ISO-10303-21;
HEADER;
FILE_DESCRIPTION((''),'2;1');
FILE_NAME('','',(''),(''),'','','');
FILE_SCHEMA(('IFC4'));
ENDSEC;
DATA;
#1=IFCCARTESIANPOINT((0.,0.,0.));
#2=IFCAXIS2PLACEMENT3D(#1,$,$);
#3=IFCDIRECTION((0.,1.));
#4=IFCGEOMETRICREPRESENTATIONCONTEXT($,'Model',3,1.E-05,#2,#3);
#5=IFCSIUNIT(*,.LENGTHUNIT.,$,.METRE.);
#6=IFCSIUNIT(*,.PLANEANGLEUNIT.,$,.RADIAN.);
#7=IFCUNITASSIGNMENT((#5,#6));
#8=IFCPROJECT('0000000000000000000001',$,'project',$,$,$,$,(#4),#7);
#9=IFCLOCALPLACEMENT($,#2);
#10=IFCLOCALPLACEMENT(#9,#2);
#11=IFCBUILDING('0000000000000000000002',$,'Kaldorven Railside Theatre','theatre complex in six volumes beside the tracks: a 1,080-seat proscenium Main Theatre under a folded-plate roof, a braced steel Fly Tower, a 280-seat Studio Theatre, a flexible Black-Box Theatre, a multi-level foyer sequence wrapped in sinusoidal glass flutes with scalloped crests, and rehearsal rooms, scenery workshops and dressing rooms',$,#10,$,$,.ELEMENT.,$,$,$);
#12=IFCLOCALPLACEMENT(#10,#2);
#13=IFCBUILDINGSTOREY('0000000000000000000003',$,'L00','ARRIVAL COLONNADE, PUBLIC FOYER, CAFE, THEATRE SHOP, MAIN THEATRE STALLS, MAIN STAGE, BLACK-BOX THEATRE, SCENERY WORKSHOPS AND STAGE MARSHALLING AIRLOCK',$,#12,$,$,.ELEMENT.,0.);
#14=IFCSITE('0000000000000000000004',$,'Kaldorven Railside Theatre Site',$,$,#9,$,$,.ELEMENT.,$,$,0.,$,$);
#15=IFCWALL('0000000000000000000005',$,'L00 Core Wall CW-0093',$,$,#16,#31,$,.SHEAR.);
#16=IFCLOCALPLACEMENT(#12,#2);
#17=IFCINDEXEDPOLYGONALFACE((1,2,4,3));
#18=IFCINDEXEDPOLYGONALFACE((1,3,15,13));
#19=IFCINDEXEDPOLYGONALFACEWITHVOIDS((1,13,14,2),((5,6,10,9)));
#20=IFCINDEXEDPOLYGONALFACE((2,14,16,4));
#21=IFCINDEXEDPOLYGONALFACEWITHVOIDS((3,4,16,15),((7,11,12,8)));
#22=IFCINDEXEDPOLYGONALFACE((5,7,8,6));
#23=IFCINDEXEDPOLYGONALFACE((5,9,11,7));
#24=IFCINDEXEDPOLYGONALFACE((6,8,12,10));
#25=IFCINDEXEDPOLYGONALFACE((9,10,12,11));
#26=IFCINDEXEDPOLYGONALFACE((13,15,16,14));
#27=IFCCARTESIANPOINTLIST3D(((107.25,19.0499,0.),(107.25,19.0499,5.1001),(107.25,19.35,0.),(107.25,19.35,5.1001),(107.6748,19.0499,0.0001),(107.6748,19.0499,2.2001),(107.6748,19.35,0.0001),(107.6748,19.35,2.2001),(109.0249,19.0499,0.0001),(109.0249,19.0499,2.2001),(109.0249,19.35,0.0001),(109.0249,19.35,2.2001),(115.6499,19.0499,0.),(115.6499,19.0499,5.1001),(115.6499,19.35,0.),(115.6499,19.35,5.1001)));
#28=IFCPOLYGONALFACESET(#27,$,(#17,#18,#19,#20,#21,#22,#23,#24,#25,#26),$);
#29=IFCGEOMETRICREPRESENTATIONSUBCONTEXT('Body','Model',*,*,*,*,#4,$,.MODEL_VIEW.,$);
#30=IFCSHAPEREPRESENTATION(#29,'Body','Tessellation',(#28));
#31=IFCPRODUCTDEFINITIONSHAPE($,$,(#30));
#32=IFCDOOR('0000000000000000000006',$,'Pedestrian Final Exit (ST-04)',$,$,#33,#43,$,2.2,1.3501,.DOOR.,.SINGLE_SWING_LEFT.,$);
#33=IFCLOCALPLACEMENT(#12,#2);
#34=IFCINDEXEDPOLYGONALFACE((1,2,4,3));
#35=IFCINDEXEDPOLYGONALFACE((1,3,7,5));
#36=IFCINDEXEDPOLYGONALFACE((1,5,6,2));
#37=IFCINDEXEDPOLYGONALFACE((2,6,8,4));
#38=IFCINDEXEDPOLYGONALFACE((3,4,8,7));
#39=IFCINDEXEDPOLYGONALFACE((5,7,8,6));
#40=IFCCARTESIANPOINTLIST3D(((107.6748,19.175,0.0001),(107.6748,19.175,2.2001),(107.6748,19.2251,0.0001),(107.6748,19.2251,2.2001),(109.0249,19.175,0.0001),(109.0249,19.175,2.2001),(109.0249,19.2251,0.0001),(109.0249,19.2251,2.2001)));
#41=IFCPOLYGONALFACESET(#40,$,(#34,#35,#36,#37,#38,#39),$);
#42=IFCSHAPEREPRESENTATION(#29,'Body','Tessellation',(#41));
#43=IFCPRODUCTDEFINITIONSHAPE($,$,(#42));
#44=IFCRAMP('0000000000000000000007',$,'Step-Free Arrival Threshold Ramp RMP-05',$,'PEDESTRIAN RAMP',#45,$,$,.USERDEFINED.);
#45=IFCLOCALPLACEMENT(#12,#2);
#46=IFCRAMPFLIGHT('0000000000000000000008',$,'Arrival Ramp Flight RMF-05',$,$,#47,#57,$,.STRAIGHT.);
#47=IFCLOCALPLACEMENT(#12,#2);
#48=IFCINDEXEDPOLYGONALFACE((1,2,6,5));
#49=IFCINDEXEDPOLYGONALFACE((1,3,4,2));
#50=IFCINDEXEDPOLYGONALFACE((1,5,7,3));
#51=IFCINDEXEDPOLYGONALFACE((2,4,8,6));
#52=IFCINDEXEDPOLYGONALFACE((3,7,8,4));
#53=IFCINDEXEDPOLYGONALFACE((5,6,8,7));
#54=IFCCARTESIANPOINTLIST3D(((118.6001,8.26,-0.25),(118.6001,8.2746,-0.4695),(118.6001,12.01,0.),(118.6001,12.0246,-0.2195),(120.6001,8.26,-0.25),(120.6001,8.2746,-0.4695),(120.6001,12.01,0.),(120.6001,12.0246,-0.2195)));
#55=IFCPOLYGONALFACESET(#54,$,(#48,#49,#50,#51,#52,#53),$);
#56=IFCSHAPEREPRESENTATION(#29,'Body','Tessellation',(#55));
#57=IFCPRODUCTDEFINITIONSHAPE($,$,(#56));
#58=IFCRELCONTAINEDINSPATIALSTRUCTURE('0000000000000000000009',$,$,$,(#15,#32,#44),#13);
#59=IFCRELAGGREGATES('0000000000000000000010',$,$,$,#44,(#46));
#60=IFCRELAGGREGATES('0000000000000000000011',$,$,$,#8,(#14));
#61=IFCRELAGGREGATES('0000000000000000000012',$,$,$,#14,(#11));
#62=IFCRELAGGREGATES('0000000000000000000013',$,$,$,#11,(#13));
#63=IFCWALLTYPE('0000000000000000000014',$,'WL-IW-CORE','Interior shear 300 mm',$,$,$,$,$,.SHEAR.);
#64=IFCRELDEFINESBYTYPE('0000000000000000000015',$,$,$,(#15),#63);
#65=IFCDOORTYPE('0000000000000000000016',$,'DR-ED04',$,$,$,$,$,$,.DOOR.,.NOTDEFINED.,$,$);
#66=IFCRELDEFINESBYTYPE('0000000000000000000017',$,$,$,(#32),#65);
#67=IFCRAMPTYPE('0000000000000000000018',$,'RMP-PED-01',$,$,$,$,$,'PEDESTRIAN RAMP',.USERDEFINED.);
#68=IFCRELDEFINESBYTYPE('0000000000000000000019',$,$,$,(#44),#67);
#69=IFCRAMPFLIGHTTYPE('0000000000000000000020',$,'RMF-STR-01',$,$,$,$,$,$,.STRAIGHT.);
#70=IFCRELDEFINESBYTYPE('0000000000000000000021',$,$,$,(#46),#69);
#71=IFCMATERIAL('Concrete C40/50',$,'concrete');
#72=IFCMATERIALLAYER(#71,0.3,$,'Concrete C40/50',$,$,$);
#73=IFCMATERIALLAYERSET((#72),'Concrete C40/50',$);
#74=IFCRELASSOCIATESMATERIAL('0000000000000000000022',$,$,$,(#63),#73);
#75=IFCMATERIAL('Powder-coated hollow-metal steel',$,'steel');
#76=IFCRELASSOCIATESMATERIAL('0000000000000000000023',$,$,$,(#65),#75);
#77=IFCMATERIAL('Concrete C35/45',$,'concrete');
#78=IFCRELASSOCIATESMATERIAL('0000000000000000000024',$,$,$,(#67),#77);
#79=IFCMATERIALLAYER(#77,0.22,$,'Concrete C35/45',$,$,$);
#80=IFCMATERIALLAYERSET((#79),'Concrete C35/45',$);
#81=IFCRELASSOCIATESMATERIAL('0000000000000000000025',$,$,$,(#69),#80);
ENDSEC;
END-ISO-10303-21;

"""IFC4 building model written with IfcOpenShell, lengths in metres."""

from ifc_helpers import new_model, si_unit, direction, frame, frame_2d, origin, place, context, subcontext, project, spatial, polyline, rectangle, outline, extrude, material, layer, layer_set, type_object, element, fill, aggregate, save


model = new_model("IFC4")

# Units and contexts
model_context = context("Model", 3, precision=1e-05, world=origin(), true_north=direction((0.0, 1.0)))
body_context = subcontext(model_context, "Body", "Model", "MODEL_VIEW")
ifc_project = project(units=[si_unit("LENGTHUNIT", "METRE"), si_unit("PLANEANGLEUNIT", "RADIAN")], contexts=[model_context])

# Site, building, storey
site_placement = place(None, origin())
site = spatial("IfcSite", under=ifc_project, at=site_placement, Name="Kaldorven Railside Theatre Site", CompositionType="ELEMENT", RefElevation=0.0)
building_placement = place(site_placement, origin())
building = spatial("IfcBuilding", under=site, at=building_placement, Name="Kaldorven Railside Theatre", Description="theatre complex in six volumes beside the tracks: a 1,080-seat proscenium Main Theatre under a folded-plate roof, a braced steel Fly Tower, a 280-seat Studio Theatre, a flexible Black-Box Theatre, a multi-level foyer sequence wrapped in sinusoidal glass flutes with scalloped crests, and rehearsal rooms, scenery workshops and dressing rooms", CompositionType="ELEMENT")
storey_placement = place(building_placement, origin())
storey = spatial("IfcBuildingStorey", under=building, at=storey_placement, Name="L00", Description="ARRIVAL COLONNADE, PUBLIC FOYER, CAFE, THEATRE SHOP, MAIN THEATRE STALLS, MAIN STAGE, BLACK-BOX THEATRE, SCENERY WORKSHOPS AND STAGE MARSHALLING AIRLOCK", CompositionType="ELEMENT", Elevation=0.0)

# Shared definitions
ifc_material_1 = material(Name="Concrete C40/50", Category="concrete")

# Wall, opening, door
ifc_layer_1 = layer(ifc_material_1, 0.3, Name="Concrete C40/50")
ifc_layer_set_1 = layer_set([ifc_layer_1], Name="Concrete C40/50")
wall_type_1 = type_object("IfcWallType", Name="WL-IW-CORE", Description="Interior shear 300 mm", PredefinedType="SHEAR", material=ifc_layer_set_1)
wall_1_placement = place(storey_placement, frame((115.6499, 19.2, 0.0), z_axis=(0.0, 0.0, 1.0), x_axis=(-1.0, 0.0, 0.0)))
wall_1 = element("IfcWall", 1, at=wall_1_placement, inside=storey, type_object=wall_type_1, Name="L00 Core Wall CW-0093", PredefinedType="SHEAR", context=body_context, shape_type="SweptSolid", body=[
    extrude(rectangle(XDim=8.3999, YDim=0.3, at=frame_2d((4.2, 0.0))), origin(), (0.0, 0.0, 1.0), 5.1001),
])
opening_1_placement = place(wall_1_placement, frame((6.625, 0.0, 0.0)))
opening_1 = element("IfcOpeningElement", 2, at=opening_1_placement, cuts=wall_1, PredefinedType="OPENING", context=body_context, shape_type="SweptSolid", body=[
    extrude(rectangle(XDim=1.3501, YDim=2.2, at=frame_2d((0.675, 1.1001))), frame((0.0, 0.1602, 0.0), z_axis=(0.0, -1.0, 0.0), x_axis=(1.0, 0.0, 0.0)), (0.0, 0.0, 1.0), 0.3201),
])
ifc_material_2 = material(Name="Powder-coated hollow-metal steel", Category="steel")
door_type = type_object("IfcDoorType", Name="DR-ED04", OperationType="NOTDEFINED", PredefinedType="DOOR", material=ifc_material_2)
door_placement = place(opening_1_placement, origin())
door = element("IfcDoor", 3, at=door_placement, inside=storey, type_object=door_type, Name="Pedestrian Final Exit (ST-04)", OperationType="SINGLE_SWING_LEFT", OverallHeight=2.2, OverallWidth=1.3501, PredefinedType="DOOR", context=body_context, shape_type="SweptSolid", body=[
    extrude(rectangle(XDim=1.3501, YDim=2.2, at=frame_2d((0.675, 1.1001))), frame((0.0, 0.0249, 0.0), z_axis=(0.0, -1.0, 0.0), x_axis=(1.0, 0.0, 0.0)), (0.0, 0.0, 1.0), 0.05),
])
fill(opening_1, door)

# Ramp, ramp flight
ifc_material_3 = material(Name="Concrete C35/45", Category="concrete")
ramp_type = type_object("IfcRampType", Name="RMP-PED-01", ElementType="PEDESTRIAN RAMP", PredefinedType="USERDEFINED", material=ifc_material_3)
ramp_placement = place(storey_placement, origin())
ramp = element("IfcRamp", 4, at=ramp_placement, inside=storey, type_object=ramp_type, Name="Step-Free Arrival Threshold Ramp RMP-05", ObjectType="PEDESTRIAN RAMP", PredefinedType="USERDEFINED")
ifc_layer_2 = layer(ifc_material_3, 0.22, Name="Concrete C35/45")
ifc_layer_set_2 = layer_set([ifc_layer_2], Name="Concrete C35/45")
ramp_flight_type = type_object("IfcRampFlightType", Name="RMF-STR-01", PredefinedType="STRAIGHT", material=ifc_layer_set_2)
ramp_flight_placement = place(storey_placement, frame((118.6001, 8.26, -0.25), z_axis=(0.0, -0.066519, 0.997785), x_axis=(1.0, 0.0, 0.0)))
ramp_flight = element("IfcRampFlight", 5, at=ramp_flight_placement, type_object=ramp_flight_type, Name="Arrival Ramp Flight RMF-05", PredefinedType="STRAIGHT", context=body_context, shape_type="SweptSolid", body=[
    extrude(outline(polyline([(0.0, 0.0), (2.0, 0.0), (2.0, 3.7583), (0.0, 3.7583), (0.0, 0.0)])), origin(), (0.0, 0.0, -1.0), 0.22),
])
aggregate(ramp, [ramp_flight])

save(model, "model.ifc")
